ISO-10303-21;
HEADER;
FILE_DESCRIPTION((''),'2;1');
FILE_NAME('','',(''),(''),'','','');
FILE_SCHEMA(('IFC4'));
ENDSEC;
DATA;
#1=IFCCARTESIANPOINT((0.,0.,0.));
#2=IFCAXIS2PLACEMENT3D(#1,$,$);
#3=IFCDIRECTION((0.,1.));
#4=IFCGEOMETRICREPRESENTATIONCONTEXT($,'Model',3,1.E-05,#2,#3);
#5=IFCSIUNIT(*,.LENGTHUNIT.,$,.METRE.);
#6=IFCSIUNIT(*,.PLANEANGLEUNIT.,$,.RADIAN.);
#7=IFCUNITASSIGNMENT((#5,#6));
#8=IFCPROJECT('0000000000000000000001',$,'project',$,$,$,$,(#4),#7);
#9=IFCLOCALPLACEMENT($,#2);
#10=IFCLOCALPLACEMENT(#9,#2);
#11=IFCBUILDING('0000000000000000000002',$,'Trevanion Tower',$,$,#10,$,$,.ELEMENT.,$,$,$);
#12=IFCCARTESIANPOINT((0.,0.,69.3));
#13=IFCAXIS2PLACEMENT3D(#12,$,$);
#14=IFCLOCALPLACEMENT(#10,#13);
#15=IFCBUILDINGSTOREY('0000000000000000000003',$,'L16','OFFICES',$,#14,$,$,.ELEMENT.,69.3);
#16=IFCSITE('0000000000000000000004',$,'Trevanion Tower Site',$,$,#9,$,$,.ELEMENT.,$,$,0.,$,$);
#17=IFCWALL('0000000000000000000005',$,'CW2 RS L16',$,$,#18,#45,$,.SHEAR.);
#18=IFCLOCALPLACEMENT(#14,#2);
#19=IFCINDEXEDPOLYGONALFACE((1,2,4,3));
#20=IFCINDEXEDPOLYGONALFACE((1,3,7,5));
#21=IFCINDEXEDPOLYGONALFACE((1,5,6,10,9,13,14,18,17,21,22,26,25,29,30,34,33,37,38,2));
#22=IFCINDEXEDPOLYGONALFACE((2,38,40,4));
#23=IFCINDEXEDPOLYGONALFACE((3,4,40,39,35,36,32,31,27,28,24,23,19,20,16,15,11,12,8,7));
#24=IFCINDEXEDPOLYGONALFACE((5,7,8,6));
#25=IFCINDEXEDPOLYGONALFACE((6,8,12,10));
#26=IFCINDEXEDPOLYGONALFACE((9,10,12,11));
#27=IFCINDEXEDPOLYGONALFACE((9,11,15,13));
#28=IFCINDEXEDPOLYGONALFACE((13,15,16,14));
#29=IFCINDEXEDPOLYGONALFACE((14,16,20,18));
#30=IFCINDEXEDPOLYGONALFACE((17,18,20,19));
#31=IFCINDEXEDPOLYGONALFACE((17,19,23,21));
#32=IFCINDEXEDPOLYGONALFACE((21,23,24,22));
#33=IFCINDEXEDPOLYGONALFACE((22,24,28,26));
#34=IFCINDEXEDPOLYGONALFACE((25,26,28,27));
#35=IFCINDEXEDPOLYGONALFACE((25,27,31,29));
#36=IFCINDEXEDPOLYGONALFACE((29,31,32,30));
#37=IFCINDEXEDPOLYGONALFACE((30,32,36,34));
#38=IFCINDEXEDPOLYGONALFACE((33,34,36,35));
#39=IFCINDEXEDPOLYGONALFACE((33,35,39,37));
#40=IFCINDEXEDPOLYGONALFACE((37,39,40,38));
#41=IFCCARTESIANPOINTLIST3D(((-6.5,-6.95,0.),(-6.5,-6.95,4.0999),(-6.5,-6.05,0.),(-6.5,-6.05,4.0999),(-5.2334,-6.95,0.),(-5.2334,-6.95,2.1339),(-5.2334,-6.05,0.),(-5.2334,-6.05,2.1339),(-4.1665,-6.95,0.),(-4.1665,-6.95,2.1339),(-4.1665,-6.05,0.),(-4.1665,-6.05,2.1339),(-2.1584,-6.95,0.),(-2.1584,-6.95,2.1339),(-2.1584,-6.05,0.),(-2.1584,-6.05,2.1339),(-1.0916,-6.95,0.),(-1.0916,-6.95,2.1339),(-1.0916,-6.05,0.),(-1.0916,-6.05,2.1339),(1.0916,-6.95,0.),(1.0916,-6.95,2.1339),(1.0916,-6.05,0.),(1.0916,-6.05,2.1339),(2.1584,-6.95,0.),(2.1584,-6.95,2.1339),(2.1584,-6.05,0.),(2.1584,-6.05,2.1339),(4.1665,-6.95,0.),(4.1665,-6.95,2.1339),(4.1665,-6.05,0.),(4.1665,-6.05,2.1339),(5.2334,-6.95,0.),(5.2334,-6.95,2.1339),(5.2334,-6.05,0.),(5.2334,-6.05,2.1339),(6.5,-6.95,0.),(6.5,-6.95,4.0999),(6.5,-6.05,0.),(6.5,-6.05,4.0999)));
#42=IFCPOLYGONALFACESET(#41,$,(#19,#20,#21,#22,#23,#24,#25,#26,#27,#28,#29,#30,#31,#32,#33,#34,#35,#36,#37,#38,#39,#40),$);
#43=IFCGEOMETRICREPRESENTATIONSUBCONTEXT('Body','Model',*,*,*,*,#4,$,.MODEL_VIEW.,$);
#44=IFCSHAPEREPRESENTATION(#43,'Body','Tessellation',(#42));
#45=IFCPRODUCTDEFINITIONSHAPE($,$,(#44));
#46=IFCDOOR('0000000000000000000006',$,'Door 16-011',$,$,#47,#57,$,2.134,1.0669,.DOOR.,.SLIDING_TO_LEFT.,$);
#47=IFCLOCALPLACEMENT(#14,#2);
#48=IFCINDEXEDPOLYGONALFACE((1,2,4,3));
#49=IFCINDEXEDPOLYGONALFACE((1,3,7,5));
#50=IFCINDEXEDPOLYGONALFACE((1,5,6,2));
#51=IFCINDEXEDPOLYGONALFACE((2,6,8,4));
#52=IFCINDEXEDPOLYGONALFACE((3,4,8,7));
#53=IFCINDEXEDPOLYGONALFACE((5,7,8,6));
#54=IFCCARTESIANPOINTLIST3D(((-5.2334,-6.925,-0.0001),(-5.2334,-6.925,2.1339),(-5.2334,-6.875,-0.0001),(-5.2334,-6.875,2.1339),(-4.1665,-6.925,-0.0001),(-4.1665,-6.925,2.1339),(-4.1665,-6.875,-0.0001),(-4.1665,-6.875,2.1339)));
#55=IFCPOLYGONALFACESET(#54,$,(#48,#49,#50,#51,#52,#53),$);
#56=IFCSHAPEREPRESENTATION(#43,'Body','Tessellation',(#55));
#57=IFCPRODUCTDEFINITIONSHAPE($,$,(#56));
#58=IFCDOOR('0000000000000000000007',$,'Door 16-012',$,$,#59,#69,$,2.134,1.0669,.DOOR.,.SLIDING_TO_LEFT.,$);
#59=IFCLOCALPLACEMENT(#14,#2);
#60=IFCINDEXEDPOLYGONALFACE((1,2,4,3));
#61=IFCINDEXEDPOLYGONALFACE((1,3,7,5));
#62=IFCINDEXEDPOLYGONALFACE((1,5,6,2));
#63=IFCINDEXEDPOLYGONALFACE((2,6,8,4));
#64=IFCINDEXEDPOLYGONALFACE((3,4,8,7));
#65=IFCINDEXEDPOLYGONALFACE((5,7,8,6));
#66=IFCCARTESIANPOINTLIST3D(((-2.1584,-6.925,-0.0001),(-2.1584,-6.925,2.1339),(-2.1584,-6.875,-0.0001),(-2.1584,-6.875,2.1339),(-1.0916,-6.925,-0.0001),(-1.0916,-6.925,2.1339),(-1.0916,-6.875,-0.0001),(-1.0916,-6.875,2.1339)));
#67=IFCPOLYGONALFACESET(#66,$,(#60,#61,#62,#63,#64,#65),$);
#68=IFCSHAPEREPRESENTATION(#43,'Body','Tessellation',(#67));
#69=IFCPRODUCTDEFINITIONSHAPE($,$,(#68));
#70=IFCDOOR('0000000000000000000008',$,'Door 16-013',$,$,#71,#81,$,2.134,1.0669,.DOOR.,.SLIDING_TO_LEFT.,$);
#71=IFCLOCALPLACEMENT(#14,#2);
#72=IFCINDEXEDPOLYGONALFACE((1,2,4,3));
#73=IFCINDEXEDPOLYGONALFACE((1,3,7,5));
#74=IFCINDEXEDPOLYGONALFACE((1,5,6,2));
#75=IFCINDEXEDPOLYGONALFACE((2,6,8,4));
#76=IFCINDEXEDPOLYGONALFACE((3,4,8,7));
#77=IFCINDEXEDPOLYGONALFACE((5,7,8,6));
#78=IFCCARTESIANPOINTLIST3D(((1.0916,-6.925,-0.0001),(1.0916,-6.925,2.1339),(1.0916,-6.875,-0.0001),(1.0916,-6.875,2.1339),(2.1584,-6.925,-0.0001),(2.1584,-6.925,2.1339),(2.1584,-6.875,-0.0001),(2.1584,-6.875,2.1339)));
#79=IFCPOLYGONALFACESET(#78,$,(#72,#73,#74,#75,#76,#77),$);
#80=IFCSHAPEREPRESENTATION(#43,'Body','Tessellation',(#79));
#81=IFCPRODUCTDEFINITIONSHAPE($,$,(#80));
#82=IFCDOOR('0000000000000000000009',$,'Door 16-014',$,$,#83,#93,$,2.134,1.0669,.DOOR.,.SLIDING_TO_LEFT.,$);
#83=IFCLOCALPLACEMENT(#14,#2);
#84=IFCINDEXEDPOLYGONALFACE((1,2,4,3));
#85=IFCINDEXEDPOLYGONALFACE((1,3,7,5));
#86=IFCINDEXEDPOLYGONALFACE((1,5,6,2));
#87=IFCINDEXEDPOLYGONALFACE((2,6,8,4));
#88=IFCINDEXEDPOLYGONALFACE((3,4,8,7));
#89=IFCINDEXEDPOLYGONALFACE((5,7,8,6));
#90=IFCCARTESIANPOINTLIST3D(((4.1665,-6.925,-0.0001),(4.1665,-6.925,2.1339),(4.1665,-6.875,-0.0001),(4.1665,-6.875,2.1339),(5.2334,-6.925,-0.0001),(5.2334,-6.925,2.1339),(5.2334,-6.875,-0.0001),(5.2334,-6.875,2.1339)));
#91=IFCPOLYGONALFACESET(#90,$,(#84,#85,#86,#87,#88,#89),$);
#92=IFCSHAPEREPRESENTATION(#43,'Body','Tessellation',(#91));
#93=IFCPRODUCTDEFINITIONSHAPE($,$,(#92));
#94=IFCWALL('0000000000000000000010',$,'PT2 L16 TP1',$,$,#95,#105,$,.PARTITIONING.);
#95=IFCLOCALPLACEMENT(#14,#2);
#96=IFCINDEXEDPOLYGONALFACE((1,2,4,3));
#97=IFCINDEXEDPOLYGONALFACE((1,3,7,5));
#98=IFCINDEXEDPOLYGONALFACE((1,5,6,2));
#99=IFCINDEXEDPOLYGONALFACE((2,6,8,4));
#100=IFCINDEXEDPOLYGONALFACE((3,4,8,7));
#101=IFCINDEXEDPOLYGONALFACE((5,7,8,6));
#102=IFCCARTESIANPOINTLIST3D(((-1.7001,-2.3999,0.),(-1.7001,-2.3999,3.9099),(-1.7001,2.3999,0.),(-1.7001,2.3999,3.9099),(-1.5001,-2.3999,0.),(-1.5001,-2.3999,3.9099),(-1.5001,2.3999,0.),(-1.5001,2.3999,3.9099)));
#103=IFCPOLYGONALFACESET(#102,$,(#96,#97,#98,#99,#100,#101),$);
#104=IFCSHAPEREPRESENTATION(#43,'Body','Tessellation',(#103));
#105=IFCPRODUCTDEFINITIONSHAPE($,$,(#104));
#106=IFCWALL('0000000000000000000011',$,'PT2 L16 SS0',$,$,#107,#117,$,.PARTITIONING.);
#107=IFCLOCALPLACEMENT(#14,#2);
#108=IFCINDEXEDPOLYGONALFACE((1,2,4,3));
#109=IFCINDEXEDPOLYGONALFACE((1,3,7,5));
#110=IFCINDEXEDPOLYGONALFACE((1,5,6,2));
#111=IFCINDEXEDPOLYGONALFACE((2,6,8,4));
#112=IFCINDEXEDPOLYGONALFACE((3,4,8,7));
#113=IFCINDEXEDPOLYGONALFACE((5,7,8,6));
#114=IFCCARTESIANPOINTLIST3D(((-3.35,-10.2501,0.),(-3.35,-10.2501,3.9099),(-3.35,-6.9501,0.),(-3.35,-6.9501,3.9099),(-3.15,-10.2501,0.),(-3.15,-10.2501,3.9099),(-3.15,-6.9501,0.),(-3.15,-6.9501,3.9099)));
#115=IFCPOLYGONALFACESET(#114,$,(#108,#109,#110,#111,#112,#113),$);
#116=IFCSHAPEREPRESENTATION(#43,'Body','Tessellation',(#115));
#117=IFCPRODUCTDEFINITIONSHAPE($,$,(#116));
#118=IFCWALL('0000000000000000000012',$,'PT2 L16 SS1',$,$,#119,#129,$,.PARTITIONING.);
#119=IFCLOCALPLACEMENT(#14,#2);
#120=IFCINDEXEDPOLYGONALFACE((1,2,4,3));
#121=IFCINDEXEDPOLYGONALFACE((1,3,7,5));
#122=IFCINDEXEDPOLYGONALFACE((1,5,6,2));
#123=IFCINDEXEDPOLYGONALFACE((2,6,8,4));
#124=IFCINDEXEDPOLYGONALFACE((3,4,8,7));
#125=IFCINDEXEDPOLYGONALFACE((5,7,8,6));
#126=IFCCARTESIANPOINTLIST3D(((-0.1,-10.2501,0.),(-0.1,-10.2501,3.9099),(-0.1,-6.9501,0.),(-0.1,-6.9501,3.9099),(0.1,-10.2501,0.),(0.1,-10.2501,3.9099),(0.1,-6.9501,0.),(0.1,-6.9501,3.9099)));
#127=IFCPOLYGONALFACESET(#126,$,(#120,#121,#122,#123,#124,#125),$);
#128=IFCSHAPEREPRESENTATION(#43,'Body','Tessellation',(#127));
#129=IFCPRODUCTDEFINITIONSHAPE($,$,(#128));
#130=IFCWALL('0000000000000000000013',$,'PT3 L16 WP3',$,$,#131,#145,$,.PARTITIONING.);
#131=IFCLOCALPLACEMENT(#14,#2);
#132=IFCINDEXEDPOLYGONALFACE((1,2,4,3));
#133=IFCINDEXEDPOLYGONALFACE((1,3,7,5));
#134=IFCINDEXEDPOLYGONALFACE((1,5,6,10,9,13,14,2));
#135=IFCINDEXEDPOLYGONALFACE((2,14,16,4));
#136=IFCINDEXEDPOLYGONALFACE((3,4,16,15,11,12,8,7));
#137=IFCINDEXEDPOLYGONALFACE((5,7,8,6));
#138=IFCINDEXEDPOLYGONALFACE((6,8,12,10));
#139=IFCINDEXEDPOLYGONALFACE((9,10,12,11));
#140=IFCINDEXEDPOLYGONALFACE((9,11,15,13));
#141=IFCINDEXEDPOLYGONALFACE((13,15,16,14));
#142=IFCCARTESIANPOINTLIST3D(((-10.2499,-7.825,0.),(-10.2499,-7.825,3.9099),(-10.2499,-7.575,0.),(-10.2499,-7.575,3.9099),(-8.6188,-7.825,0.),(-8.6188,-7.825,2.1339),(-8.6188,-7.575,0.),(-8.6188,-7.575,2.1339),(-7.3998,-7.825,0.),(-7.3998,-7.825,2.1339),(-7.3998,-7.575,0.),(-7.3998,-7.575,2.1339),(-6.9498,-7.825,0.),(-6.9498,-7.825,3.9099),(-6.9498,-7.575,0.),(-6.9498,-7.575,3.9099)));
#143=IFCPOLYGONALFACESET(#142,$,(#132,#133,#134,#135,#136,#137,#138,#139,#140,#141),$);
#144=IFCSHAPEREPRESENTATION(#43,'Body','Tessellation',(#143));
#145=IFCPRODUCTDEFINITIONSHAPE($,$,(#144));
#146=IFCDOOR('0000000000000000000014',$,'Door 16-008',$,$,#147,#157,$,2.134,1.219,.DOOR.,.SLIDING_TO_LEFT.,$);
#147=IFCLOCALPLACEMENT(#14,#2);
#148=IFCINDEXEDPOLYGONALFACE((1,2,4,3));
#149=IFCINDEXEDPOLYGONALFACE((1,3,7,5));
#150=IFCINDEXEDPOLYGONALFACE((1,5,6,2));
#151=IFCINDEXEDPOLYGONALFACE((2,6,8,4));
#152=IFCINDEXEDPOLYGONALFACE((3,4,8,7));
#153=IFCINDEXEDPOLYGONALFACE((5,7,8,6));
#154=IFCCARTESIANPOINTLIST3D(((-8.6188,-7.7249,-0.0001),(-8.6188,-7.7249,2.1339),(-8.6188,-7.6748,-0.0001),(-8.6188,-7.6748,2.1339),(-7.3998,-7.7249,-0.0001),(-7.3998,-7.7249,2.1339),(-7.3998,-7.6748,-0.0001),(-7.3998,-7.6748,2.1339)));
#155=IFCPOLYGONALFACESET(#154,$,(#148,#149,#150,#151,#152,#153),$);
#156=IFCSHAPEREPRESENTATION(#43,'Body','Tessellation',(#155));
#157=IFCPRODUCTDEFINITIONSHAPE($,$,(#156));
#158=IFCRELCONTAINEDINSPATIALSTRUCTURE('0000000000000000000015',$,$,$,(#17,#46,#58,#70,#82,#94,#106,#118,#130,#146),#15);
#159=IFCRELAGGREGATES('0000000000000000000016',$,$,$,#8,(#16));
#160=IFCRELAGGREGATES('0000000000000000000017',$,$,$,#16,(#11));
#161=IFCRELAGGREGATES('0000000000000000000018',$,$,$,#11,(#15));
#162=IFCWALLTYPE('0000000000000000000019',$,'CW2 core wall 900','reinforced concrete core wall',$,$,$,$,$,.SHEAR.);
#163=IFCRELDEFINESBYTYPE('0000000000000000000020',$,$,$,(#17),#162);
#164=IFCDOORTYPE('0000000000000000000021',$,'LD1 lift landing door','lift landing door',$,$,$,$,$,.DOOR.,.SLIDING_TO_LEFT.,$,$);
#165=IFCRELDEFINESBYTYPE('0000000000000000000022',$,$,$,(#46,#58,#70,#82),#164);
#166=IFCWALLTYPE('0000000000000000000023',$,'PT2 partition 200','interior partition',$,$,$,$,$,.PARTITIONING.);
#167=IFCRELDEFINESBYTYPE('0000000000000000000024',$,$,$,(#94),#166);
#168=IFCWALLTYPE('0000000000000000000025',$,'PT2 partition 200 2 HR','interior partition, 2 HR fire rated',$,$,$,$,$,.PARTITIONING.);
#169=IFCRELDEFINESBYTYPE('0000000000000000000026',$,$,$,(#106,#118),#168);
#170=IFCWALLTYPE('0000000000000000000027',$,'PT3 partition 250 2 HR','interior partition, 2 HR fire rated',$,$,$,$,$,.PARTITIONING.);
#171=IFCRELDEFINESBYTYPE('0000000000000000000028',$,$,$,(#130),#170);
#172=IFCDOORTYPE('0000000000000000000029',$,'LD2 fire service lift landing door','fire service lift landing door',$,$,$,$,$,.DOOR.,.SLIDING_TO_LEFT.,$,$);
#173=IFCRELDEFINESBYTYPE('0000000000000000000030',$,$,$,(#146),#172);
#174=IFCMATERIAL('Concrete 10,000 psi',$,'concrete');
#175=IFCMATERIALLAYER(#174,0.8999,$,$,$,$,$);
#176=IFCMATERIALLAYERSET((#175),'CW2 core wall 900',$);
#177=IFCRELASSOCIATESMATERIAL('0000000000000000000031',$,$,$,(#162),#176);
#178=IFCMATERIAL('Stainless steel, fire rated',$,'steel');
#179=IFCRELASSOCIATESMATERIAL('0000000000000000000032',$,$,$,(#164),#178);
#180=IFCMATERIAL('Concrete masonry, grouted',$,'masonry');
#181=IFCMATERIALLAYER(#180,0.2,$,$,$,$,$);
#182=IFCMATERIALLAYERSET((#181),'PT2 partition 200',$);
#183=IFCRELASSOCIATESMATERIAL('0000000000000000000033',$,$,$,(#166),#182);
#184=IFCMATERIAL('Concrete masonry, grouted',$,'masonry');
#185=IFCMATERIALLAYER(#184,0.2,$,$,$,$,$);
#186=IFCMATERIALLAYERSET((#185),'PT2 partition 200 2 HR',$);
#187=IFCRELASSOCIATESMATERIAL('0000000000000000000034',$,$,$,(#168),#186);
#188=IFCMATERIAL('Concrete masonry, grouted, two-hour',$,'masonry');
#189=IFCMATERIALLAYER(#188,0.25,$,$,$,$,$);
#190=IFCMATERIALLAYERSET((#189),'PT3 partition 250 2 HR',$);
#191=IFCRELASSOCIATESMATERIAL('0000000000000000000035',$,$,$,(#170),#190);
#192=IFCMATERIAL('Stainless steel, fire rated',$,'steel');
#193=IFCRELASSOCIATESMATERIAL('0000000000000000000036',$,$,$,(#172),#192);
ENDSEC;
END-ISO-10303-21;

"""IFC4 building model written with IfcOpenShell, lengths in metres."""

from ifc_helpers import new_model, si_unit, direction, frame, frame_2d, origin, place, context, subcontext, project, spatial, rectangle, extrude, material, layer, layer_set, type_object, element, fill, save


model = new_model("IFC4")

# Units and contexts
model_context = context("Model", 3, precision=1e-05, world=origin(), true_north=direction((0.0, 1.0)))
body_context = subcontext(model_context, "Body", "Model", "MODEL_VIEW")
ifc_project = project(units=[si_unit("LENGTHUNIT", "METRE"), si_unit("PLANEANGLEUNIT", "RADIAN")], contexts=[model_context])

# Site, building, storey
site_placement = place(None, origin())
site = spatial("IfcSite", under=ifc_project, at=site_placement, Name="Trevanion Tower Site", CompositionType="ELEMENT", RefElevation=0.0)
building_placement = place(site_placement, origin())
building = spatial("IfcBuilding", under=site, at=building_placement, Name="Trevanion Tower", CompositionType="ELEMENT")
storey_placement = place(building_placement, frame((0.0, 0.0, 69.3)))
storey = spatial("IfcBuildingStorey", under=building, at=storey_placement, Name="L16", Description="OFFICES", CompositionType="ELEMENT", Elevation=69.3)

# Shared definitions
ifc_material_1 = material(Name="Concrete 10,000 psi", Category="concrete")
ifc_layer_1 = layer(ifc_material_1, 0.8999)
ifc_layer_set_1 = layer_set([ifc_layer_1], Name="CW2 core wall 900")
wall_type_1 = type_object("IfcWallType", Name="CW2 core wall 900", Description="reinforced concrete core wall", PredefinedType="SHEAR", material=ifc_layer_set_1)

# Wall, openings, doors
wall_1_placement = place(storey_placement, frame((-6.5, -6.5, 0.0), z_axis=(0.0, 0.0, 1.0), x_axis=(1.0, 0.0, 0.0)))
wall_1 = element("IfcWall", 1, at=wall_1_placement, inside=storey, type_object=wall_type_1, Name="CW2 RS L16", PredefinedType="SHEAR", context=body_context, shape_type="SweptSolid", body=[
    extrude(rectangle(XDim=13.0, YDim=0.8999, at=frame_2d((6.5, 0.0))), origin(), (0.0, 0.0, 1.0), 4.0999),
])
opening_1_placement = place(wall_1_placement, frame((1.2666, 0.0, 0.0)))
opening_1 = element("IfcOpeningElement", 2, at=opening_1_placement, cuts=wall_1, PredefinedType="OPENING", context=body_context, shape_type="SweptSolid", body=[
    extrude(rectangle(XDim=1.0669, YDim=2.134, at=frame_2d((0.5334, 1.0669))), frame((0.0, 0.46, 0.0), z_axis=(0.0, -1.0, 0.0), x_axis=(1.0, 0.0, 0.0)), (0.0, 0.0, 1.0), 0.9199),
])
opening_2_placement = place(wall_1_placement, frame((4.3416, 0.0, 0.0)))
opening_2 = element("IfcOpeningElement", 3, at=opening_2_placement, cuts=wall_1, PredefinedType="OPENING", context=body_context, shape_type="SweptSolid", body=[
    extrude(rectangle(XDim=1.0669, YDim=2.134, at=frame_2d((0.5334, 1.0669))), frame((0.0, 0.46, 0.0), z_axis=(0.0, -1.0, 0.0), x_axis=(1.0, 0.0, 0.0)), (0.0, 0.0, 1.0), 0.9199),
])
opening_3_placement = place(wall_1_placement, frame((7.5916, 0.0, 0.0)))
opening_3 = element("IfcOpeningElement", 4, at=opening_3_placement, cuts=wall_1, PredefinedType="OPENING", context=body_context, shape_type="SweptSolid", body=[
    extrude(rectangle(XDim=1.0669, YDim=2.134, at=frame_2d((0.5334, 1.0669))), frame((0.0, 0.46, 0.0), z_axis=(0.0, -1.0, 0.0), x_axis=(1.0, 0.0, 0.0)), (0.0, 0.0, 1.0), 0.9199),
])
opening_4_placement = place(wall_1_placement, frame((10.6665, 0.0, 0.0)))
opening_4 = element("IfcOpeningElement", 5, at=opening_4_placement, cuts=wall_1, PredefinedType="OPENING", context=body_context, shape_type="SweptSolid", body=[
    extrude(rectangle(XDim=1.0669, YDim=2.134, at=frame_2d((0.5334, 1.0669))), frame((0.0, 0.46, 0.0), z_axis=(0.0, -1.0, 0.0), x_axis=(1.0, 0.0, 0.0)), (0.0, 0.0, 1.0), 0.9199),
])
ifc_material_2 = material(Name="Stainless steel, fire rated", Category="steel")
door_type_1 = type_object("IfcDoorType", Name="LD1 lift landing door", Description="lift landing door", OperationType="SLIDING_TO_LEFT", PredefinedType="DOOR", material=ifc_material_2)
door_1_placement = place(opening_1_placement, origin())
door_1 = element("IfcDoor", 6, at=door_1_placement, inside=storey, type_object=door_type_1, Name="Door 16-011", OperationType="SLIDING_TO_LEFT", OverallHeight=2.134, OverallWidth=1.0669, PredefinedType="DOOR", context=body_context, shape_type="SweptSolid", body=[
    extrude(rectangle(XDim=1.0669, YDim=2.134, at=frame_2d((0.5334, 1.0669))), frame((0.0, -0.375, 0.0), z_axis=(0.0, -1.0, 0.0), x_axis=(1.0, 0.0, 0.0)), (0.0, 0.0, 1.0), 0.05),
])
fill(opening_1, door_1)
door_2_placement = place(opening_2_placement, origin())
door_2 = element("IfcDoor", 7, at=door_2_placement, inside=storey, type_object=door_type_1, Name="Door 16-012", OperationType="SLIDING_TO_LEFT", OverallHeight=2.134, OverallWidth=1.0669, PredefinedType="DOOR", context=body_context, shape_type="SweptSolid", body=[
    extrude(rectangle(XDim=1.0669, YDim=2.134, at=frame_2d((0.5334, 1.0669))), frame((0.0, -0.375, 0.0), z_axis=(0.0, -1.0, 0.0), x_axis=(1.0, 0.0, 0.0)), (0.0, 0.0, 1.0), 0.05),
])
fill(opening_2, door_2)
door_3_placement = place(opening_3_placement, origin())
door_3 = element("IfcDoor", 8, at=door_3_placement, inside=storey, type_object=door_type_1, Name="Door 16-013", OperationType="SLIDING_TO_LEFT", OverallHeight=2.134, OverallWidth=1.0669, PredefinedType="DOOR", context=body_context, shape_type="SweptSolid", body=[
    extrude(rectangle(XDim=1.0669, YDim=2.134, at=frame_2d((0.5334, 1.0669))), frame((0.0, -0.375, 0.0), z_axis=(0.0, -1.0, 0.0), x_axis=(1.0, 0.0, 0.0)), (0.0, 0.0, 1.0), 0.05),
])
fill(opening_3, door_3)
door_4_placement = place(opening_4_placement, origin())
door_4 = element("IfcDoor", 9, at=door_4_placement, inside=storey, type_object=door_type_1, Name="Door 16-014", OperationType="SLIDING_TO_LEFT", OverallHeight=2.134, OverallWidth=1.0669, PredefinedType="DOOR", context=body_context, shape_type="SweptSolid", body=[
    extrude(rectangle(XDim=1.0669, YDim=2.134, at=frame_2d((0.5334, 1.0669))), frame((0.0, -0.375, 0.0), z_axis=(0.0, -1.0, 0.0), x_axis=(1.0, 0.0, 0.0)), (0.0, 0.0, 1.0), 0.05),
])
fill(opening_4, door_4)

# Walls
ifc_material_3 = material(Name="Concrete masonry, grouted", Category="masonry")
ifc_layer_2 = layer(ifc_material_3, 0.2)
ifc_layer_set_2 = layer_set([ifc_layer_2], Name="PT2 partition 200")
wall_type_2 = type_object("IfcWallType", Name="PT2 partition 200", Description="interior partition", PredefinedType="PARTITIONING", material=ifc_layer_set_2)
wall_2_placement = place(storey_placement, frame((-1.6001, -2.3999, 0.0), z_axis=(0.0, 0.0, 1.0), x_axis=(0.0, 1.0, 0.0)))
element("IfcWall", 10, at=wall_2_placement, inside=storey, type_object=wall_type_2, Name="PT2 L16 TP1", PredefinedType="PARTITIONING", context=body_context, shape_type="SweptSolid", body=[
    extrude(rectangle(XDim=4.7998, YDim=0.2, at=frame_2d((2.3999, 0.0))), origin(), (0.0, 0.0, 1.0), 3.9099),
])
ifc_material_4 = material(Name="Concrete masonry, grouted", Category="masonry")
ifc_layer_3 = layer(ifc_material_4, 0.2)
ifc_layer_set_3 = layer_set([ifc_layer_3], Name="PT2 partition 200 2 HR")
wall_type_3 = type_object("IfcWallType", Name="PT2 partition 200 2 HR", Description="interior partition, 2 HR fire rated", PredefinedType="PARTITIONING", material=ifc_layer_set_3)
for number, where, z_axis, x_axis, name in (
    (11, (-3.25, -10.25, 0.0), (0.0, 0.0, 1.0), (0.0, 1.0, 0.0), "PT2 L16 SS0"),
    (12, (0.0, -10.25, 0.0), (0.0, 0.0, 1.0), (0.0, 1.0, 0.0), "PT2 L16 SS1"),
):
    element("IfcWall", number, at=place(storey_placement, frame(where, z_axis=z_axis, x_axis=x_axis)), inside=storey, type_object=wall_type_3, Name=name, PredefinedType="PARTITIONING", context=body_context, shape_type="SweptSolid", body=[
        extrude(rectangle(XDim=3.3, YDim=0.2, at=frame_2d((1.6499, 0.0))), origin(), (0.0, 0.0, 1.0), 3.9099),
    ])

# Wall, opening, door
ifc_material_5 = material(Name="Concrete masonry, grouted, two-hour", Category="masonry")
ifc_layer_4 = layer(ifc_material_5, 0.25)
ifc_layer_set_4 = layer_set([ifc_layer_4], Name="PT3 partition 250 2 HR")
wall_type_4 = type_object("IfcWallType", Name="PT3 partition 250 2 HR", Description="interior partition, 2 HR fire rated", PredefinedType="PARTITIONING", material=ifc_layer_set_4)
wall_3_placement = place(storey_placement, frame((-6.95, -7.7, 0.0), z_axis=(0.0, 0.0, 1.0), x_axis=(-1.0, 0.0, 0.0)))
wall_3 = element("IfcWall", 13, at=wall_3_placement, inside=storey, type_object=wall_type_4, Name="PT3 L16 WP3", PredefinedType="PARTITIONING", context=body_context, shape_type="SweptSolid", body=[
    extrude(rectangle(XDim=3.3, YDim=0.25, at=frame_2d((1.6499, 0.0))), origin(), (0.0, 0.0, 1.0), 3.9099),
])
opening_5_placement = place(wall_3_placement, frame((0.45, 0.0, 0.0)))
opening_5 = element("IfcOpeningElement", 14, at=opening_5_placement, cuts=wall_3, PredefinedType="OPENING", context=body_context, shape_type="SweptSolid", body=[
    extrude(rectangle(XDim=1.219, YDim=2.134, at=frame_2d((0.6094, 1.0669))), frame((0.0, 0.135, 0.0), z_axis=(0.0, -1.0, 0.0), x_axis=(1.0, 0.0, 0.0)), (0.0, 0.0, 1.0), 0.27),
])
ifc_material_6 = material(Name="Stainless steel, fire rated", Category="steel")
door_type_2 = type_object("IfcDoorType", Name="LD2 fire service lift landing door", Description="fire service lift landing door", OperationType="SLIDING_TO_LEFT", PredefinedType="DOOR", material=ifc_material_6)
door_5_placement = place(opening_5_placement, origin())
door_5 = element("IfcDoor", 15, at=door_5_placement, inside=storey, type_object=door_type_2, Name="Door 16-008", OperationType="SLIDING_TO_LEFT", OverallHeight=2.134, OverallWidth=1.219, PredefinedType="DOOR", context=body_context, shape_type="SweptSolid", body=[
    extrude(rectangle(XDim=1.219, YDim=2.134, at=frame_2d((0.6094, 1.0669))), frame((0.0, 0.0249, 0.0), z_axis=(0.0, -1.0, 0.0), x_axis=(1.0, 0.0, 0.0)), (0.0, 0.0, 1.0), 0.05),
])
fill(opening_5, door_5)

save(model, "model.ifc")
